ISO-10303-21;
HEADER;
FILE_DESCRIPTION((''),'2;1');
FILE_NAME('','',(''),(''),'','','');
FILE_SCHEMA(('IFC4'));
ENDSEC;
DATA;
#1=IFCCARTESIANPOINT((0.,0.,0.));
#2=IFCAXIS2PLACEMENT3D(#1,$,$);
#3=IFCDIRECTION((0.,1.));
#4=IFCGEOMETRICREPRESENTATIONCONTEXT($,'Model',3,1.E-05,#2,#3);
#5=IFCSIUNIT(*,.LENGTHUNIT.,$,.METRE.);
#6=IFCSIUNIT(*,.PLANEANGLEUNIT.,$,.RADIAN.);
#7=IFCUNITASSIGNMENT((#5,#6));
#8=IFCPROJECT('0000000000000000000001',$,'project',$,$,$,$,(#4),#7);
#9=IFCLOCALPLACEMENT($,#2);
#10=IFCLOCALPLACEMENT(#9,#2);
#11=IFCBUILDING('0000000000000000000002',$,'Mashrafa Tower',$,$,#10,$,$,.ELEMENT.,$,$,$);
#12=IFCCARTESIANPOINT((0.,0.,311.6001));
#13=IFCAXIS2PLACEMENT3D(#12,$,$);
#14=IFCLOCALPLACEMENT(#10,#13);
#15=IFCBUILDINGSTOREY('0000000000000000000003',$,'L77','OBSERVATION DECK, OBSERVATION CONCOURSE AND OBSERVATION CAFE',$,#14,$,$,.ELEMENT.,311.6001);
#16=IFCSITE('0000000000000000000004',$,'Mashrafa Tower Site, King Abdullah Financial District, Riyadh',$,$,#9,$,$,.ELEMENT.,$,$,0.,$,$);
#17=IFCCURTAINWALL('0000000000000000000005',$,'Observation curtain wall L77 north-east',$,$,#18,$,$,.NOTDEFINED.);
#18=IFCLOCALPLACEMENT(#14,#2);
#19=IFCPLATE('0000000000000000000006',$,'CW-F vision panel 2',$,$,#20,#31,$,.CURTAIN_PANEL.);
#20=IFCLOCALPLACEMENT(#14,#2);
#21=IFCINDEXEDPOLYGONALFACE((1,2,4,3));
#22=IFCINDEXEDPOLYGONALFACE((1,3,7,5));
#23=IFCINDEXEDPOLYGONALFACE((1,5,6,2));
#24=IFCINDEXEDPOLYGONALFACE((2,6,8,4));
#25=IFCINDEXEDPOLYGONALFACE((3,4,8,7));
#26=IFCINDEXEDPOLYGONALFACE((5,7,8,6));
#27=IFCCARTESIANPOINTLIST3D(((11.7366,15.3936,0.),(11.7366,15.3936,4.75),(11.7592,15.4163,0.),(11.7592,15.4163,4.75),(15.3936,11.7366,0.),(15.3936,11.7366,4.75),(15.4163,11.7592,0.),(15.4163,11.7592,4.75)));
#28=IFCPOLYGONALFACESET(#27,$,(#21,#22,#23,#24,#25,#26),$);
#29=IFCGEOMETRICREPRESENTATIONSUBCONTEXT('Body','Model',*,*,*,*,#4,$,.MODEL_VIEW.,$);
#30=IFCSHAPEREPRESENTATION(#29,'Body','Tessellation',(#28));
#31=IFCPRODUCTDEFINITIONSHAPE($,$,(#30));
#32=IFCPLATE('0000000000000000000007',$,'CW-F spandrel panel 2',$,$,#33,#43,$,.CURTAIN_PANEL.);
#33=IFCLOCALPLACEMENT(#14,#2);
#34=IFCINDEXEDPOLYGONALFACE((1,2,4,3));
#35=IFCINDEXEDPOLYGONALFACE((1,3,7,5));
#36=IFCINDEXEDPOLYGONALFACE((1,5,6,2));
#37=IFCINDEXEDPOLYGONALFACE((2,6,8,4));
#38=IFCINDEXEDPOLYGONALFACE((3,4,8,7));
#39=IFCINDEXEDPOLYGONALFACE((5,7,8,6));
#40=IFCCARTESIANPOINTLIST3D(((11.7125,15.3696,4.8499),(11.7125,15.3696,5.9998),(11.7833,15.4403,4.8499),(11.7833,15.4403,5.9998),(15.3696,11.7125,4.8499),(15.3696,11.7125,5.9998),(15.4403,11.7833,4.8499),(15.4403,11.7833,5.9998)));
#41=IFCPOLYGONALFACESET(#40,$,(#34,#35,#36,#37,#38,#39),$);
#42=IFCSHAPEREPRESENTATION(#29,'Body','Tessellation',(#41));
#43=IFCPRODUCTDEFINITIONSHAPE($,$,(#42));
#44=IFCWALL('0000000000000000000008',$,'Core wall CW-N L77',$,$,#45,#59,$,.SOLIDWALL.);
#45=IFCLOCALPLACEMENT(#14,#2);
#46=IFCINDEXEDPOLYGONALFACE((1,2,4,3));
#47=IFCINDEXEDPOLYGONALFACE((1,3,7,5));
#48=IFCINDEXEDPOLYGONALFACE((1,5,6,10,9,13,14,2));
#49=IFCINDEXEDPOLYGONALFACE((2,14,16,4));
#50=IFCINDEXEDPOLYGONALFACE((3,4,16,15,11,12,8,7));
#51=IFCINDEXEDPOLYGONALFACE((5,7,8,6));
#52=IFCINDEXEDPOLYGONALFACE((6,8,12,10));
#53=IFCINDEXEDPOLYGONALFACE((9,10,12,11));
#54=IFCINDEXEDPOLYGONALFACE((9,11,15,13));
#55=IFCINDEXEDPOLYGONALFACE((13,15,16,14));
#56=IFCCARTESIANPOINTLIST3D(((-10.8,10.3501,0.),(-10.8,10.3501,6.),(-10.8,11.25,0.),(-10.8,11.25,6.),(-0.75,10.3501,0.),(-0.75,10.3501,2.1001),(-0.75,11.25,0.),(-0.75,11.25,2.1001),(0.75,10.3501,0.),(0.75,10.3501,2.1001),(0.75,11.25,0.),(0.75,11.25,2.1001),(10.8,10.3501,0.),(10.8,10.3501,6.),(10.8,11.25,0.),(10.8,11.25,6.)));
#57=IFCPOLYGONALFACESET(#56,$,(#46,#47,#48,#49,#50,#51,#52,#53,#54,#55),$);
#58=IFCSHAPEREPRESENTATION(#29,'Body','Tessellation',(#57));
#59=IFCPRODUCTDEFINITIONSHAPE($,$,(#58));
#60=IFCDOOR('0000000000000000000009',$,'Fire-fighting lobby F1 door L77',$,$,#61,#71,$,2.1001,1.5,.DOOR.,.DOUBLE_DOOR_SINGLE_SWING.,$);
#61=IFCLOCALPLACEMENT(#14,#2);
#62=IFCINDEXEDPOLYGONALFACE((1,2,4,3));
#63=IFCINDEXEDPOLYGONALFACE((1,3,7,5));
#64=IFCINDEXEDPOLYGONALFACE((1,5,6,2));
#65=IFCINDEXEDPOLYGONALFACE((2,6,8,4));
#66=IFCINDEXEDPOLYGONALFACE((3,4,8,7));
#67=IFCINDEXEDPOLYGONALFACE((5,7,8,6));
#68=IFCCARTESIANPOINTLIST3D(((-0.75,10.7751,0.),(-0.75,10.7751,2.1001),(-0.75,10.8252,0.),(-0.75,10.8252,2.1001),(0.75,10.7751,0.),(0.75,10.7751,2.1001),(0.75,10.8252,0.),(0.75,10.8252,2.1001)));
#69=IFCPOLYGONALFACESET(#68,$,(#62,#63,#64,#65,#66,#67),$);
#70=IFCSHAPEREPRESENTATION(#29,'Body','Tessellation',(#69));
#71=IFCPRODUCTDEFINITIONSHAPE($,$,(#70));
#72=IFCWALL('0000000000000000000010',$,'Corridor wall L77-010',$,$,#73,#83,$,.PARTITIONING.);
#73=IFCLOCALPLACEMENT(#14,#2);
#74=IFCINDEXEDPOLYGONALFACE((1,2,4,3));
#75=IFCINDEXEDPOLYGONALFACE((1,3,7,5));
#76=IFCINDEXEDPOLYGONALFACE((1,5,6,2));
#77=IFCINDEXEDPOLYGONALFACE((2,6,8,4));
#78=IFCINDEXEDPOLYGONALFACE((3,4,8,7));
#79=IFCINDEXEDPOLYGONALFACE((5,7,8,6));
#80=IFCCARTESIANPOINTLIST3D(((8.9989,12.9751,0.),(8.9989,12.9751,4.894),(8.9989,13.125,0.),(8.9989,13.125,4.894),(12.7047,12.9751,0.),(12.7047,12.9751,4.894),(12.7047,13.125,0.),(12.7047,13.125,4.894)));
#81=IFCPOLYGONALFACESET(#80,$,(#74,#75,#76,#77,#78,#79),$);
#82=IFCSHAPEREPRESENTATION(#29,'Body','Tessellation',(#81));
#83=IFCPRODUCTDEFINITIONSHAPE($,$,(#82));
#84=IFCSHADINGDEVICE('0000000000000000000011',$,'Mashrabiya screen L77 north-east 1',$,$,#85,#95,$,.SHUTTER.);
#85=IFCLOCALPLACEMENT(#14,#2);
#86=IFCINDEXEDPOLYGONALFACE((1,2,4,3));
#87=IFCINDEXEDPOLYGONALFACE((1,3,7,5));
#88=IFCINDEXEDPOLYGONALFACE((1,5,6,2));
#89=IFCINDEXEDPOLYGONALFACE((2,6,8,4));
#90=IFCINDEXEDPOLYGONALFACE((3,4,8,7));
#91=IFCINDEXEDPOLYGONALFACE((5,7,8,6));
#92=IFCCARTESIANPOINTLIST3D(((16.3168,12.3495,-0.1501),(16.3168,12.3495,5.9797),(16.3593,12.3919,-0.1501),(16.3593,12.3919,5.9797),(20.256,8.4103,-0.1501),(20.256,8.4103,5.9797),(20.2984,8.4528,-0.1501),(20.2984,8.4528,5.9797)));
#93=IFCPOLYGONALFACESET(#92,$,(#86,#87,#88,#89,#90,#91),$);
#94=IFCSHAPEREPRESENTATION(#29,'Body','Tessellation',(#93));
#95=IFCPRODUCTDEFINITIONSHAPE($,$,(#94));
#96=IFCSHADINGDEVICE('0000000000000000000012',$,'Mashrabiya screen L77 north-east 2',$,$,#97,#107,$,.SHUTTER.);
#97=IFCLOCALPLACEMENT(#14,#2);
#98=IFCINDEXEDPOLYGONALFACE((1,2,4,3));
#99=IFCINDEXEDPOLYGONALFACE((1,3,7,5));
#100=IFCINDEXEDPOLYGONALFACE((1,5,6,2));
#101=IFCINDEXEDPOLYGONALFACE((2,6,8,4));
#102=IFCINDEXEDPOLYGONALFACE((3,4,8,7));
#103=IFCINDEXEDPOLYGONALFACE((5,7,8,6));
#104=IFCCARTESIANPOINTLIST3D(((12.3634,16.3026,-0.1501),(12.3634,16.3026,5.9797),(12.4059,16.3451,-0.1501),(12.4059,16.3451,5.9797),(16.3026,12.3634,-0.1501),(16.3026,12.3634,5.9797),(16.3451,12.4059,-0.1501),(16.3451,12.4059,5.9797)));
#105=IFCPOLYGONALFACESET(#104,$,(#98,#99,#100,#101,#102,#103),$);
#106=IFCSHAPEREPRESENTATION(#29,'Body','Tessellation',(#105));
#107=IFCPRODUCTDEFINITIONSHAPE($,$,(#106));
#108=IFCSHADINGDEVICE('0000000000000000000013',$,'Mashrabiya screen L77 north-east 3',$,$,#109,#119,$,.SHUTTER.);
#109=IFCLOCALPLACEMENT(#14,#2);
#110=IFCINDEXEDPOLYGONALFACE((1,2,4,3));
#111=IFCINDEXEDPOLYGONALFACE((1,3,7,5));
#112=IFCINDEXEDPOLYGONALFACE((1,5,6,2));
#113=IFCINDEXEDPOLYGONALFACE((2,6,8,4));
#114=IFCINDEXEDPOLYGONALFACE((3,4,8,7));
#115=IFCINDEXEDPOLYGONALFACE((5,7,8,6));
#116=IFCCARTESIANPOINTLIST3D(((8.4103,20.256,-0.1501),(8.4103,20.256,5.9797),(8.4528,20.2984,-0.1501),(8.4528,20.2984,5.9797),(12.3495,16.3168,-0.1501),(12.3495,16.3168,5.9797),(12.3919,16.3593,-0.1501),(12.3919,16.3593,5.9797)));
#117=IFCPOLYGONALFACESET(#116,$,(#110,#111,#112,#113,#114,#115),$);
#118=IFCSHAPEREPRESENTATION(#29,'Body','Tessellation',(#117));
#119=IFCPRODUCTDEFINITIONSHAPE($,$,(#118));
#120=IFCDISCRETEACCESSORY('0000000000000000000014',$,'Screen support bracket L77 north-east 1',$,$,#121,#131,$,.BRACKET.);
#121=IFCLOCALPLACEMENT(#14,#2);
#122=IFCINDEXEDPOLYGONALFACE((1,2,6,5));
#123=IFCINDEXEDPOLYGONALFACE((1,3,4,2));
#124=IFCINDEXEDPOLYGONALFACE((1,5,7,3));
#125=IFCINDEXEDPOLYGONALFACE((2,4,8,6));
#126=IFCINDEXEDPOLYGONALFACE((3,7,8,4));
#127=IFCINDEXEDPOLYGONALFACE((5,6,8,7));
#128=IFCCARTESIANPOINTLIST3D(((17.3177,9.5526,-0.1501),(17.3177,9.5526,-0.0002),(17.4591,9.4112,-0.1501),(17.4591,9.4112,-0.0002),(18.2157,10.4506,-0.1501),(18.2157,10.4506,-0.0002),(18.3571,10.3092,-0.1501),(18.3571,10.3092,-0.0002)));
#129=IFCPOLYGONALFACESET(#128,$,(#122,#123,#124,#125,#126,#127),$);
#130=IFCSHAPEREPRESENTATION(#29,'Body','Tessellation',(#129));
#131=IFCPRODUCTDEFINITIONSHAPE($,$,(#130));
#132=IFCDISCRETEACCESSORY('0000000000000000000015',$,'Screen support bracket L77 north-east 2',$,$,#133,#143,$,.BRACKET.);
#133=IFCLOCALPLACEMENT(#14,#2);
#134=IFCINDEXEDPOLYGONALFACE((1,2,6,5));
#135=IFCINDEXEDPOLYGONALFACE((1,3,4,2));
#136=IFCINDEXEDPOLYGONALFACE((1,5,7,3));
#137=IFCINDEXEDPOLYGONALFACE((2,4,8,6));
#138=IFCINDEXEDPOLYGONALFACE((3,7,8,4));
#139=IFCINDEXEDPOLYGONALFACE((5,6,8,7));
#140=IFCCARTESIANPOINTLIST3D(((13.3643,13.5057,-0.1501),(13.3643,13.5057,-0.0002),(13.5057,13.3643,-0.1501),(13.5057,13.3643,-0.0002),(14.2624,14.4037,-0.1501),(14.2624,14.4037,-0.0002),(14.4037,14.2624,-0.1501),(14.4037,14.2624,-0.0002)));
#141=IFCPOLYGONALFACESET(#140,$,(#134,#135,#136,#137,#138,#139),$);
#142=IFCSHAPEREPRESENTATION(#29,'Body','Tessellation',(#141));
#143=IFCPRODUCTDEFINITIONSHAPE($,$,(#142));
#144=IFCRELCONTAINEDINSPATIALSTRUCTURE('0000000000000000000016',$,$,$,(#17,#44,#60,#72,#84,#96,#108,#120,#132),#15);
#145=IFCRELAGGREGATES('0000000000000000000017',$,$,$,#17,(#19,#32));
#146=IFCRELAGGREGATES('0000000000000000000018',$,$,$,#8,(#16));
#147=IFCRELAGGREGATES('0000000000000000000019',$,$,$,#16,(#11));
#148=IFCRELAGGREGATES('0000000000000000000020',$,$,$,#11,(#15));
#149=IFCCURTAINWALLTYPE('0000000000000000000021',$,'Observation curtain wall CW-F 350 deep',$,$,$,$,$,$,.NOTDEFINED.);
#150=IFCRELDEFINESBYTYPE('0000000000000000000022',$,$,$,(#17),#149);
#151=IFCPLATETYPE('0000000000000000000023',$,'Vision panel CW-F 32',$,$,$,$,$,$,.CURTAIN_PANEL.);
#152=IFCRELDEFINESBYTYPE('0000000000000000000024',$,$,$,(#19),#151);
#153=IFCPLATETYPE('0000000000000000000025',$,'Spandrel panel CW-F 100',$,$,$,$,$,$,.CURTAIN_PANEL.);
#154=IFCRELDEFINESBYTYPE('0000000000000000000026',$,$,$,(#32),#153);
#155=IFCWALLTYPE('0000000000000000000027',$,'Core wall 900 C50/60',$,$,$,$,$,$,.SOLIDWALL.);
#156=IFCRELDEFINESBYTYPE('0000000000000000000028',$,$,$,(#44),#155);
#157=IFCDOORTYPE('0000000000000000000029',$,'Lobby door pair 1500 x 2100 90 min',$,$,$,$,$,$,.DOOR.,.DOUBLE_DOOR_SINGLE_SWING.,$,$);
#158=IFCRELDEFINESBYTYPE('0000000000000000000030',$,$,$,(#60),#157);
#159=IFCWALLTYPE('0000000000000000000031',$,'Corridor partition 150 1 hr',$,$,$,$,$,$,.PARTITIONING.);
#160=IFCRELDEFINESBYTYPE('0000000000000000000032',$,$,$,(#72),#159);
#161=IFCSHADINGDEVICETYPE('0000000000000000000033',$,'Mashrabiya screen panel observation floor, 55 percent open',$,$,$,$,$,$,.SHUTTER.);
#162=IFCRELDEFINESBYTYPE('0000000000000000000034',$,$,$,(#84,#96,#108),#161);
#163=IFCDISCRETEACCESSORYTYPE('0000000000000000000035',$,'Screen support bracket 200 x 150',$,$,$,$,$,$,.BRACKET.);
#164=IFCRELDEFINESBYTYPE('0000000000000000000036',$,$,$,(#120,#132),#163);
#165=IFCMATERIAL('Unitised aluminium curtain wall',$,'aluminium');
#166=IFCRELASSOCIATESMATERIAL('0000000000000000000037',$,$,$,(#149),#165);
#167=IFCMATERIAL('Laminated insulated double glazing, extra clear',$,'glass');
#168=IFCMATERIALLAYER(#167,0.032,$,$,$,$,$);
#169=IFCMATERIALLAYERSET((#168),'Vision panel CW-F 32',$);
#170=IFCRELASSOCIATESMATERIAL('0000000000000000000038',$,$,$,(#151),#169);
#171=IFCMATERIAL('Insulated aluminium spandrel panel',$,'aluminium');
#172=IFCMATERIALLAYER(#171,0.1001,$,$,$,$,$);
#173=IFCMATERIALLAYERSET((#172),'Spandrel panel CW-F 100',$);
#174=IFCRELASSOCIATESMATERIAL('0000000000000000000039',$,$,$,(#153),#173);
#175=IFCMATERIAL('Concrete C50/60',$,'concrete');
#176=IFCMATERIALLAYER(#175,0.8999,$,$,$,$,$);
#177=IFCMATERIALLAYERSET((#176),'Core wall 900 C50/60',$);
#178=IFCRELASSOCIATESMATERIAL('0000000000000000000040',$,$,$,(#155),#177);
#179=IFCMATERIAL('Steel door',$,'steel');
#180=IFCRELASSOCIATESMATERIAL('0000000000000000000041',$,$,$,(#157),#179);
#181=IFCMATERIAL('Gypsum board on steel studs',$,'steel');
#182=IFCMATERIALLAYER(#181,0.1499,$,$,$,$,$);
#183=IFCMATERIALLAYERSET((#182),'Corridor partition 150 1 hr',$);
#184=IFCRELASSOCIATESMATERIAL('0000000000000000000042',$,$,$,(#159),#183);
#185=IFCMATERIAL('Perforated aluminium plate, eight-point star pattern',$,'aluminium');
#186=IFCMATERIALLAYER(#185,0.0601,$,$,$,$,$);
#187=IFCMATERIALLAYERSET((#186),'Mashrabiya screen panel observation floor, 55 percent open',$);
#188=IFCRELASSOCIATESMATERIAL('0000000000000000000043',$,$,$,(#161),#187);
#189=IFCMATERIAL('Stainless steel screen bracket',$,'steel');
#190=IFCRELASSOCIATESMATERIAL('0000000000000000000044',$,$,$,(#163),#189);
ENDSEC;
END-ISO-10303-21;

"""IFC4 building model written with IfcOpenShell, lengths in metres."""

from ifc_helpers import new_model, si_unit, direction, frame, frame_2d, origin, origin_2d, place, context, subcontext, project, spatial, rectangle, extrude, source, transform, mapped, material, layer, layer_set, type_object, type_shapes, element, fill, aggregate, save


model = new_model("IFC4")

# Units and contexts
model_context = context("Model", 3, precision=1e-05, world=origin(), true_north=direction((0.0, 1.0)))
body_context = subcontext(model_context, "Body", "Model", "MODEL_VIEW")
ifc_project = project(units=[si_unit("LENGTHUNIT", "METRE"), si_unit("PLANEANGLEUNIT", "RADIAN")], contexts=[model_context])

# Site, building, storey
site_placement = place(None, origin())
site = spatial("IfcSite", under=ifc_project, at=site_placement, Name="Mashrafa Tower Site, King Abdullah Financial District, Riyadh", CompositionType="ELEMENT", RefElevation=0.0)
building_placement = place(site_placement, origin())
building = spatial("IfcBuilding", under=site, at=building_placement, Name="Mashrafa Tower", CompositionType="ELEMENT")
storey_placement = place(building_placement, frame((0.0, 0.0, 311.6001)))
storey = spatial("IfcBuildingStorey", under=building, at=storey_placement, Name="L77", Description="OBSERVATION DECK, OBSERVATION CONCOURSE AND OBSERVATION CAFE", CompositionType="ELEMENT", Elevation=311.6001)

# Curtain wall, plates
ifc_material_1 = material(Name="Unitised aluminium curtain wall", Category="aluminium")
curtain_wall_type = type_object("IfcCurtainWallType", Name="Observation curtain wall CW-F 350 deep", PredefinedType="NOTDEFINED", material=ifc_material_1)
curtain_wall_placement = place(storey_placement, origin())
curtain_wall = element("IfcCurtainWall", 1, at=curtain_wall_placement, inside=storey, type_object=curtain_wall_type, Name="Observation curtain wall L77 north-east", PredefinedType="NOTDEFINED")
ifc_material_2 = material(Name="Laminated insulated double glazing, extra clear", Category="glass")
ifc_layer_1 = layer(ifc_material_2, 0.032)
ifc_layer_set_1 = layer_set([ifc_layer_1], Name="Vision panel CW-F 32")
plate_type_1 = type_object("IfcPlateType", Name="Vision panel CW-F 32", PredefinedType="CURTAIN_PANEL", material=ifc_layer_set_1)
ifc_material_3 = material(Name="Insulated aluminium spandrel panel", Category="aluminium")
ifc_layer_2 = layer(ifc_material_3, 0.1001)
ifc_layer_set_2 = layer_set([ifc_layer_2], Name="Spandrel panel CW-F 100")
plate_type_2 = type_object("IfcPlateType", Name="Spandrel panel CW-F 100", PredefinedType="CURTAIN_PANEL", material=ifc_layer_set_2)
shared_shape_1 = source(origin(), body_context, "Body", "SweptSolid", [
    extrude(rectangle(XDim=5.1719, YDim=0.032, at=origin_2d()), origin(), (0.0, 0.0, 1.0), 4.75),
])
plate_1_placement = place(storey_placement, frame((13.5764, 13.5764, 0.0), z_axis=(0.0, 0.0, 1.0), x_axis=(-0.707107, 0.707107, 0.0)))
plate_1 = element("IfcPlate", 2, at=plate_1_placement, type_object=plate_type_1, Name="CW-F vision panel 2", PredefinedType="CURTAIN_PANEL", context=body_context, shape_type="MappedRepresentation", body=[
    mapped(shared_shape_1, transform((0.0, 0.0, 0.0))),
])
shared_shape_2 = source(origin(), body_context, "Body", "SweptSolid", [
    extrude(rectangle(XDim=5.1719, YDim=0.1001, at=origin_2d()), origin(), (0.0, 0.0, 1.0), 1.1499),
])
plate_2_placement = place(storey_placement, frame((13.5764, 13.5764, 4.8499), z_axis=(0.0, 0.0, 1.0), x_axis=(-0.707107, 0.707107, 0.0)))
plate_2 = element("IfcPlate", 3, at=plate_2_placement, type_object=plate_type_2, Name="CW-F spandrel panel 2", PredefinedType="CURTAIN_PANEL", context=body_context, shape_type="MappedRepresentation", body=[
    mapped(shared_shape_2, transform((0.0, 0.0, 0.0))),
])
aggregate(curtain_wall, [plate_1, plate_2])

# Wall, opening, door
ifc_material_4 = material(Name="Concrete C50/60", Category="concrete")
ifc_layer_3 = layer(ifc_material_4, 0.8999)
ifc_layer_set_3 = layer_set([ifc_layer_3], Name="Core wall 900 C50/60")
wall_type_1 = type_object("IfcWallType", Name="Core wall 900 C50/60", PredefinedType="SOLIDWALL", material=ifc_layer_set_3)
wall_1_placement = place(storey_placement, frame((10.8, 10.8, 0.0), z_axis=(0.0, 0.0, 1.0), x_axis=(-1.0, 0.0, 0.0)))
wall_1 = element("IfcWall", 4, at=wall_1_placement, inside=storey, type_object=wall_type_1, Name="Core wall CW-N L77", PredefinedType="SOLIDWALL", context=body_context, shape_type="SweptSolid", body=[
    extrude(rectangle(XDim=21.6001, YDim=0.8999, at=frame_2d((10.8, 0.0))), origin(), (0.0, 0.0, 1.0), 6.0),
])
opening_placement = place(wall_1_placement, frame((10.05, 0.0, 0.0)))
opening = element("IfcOpeningElement", 5, at=opening_placement, cuts=wall_1, PredefinedType="OPENING", context=body_context, shape_type="SweptSolid", body=[
    extrude(rectangle(XDim=1.5, YDim=2.1001, at=frame_2d((0.75, 1.05))), frame((0.0, 0.46, 0.0), z_axis=(0.0, -1.0, 0.0), x_axis=(1.0, 0.0, 0.0)), (0.0, 0.0, 1.0), 0.9199),
])
ifc_material_5 = material(Name="Steel door", Category="steel")
door_type = type_object("IfcDoorType", Name="Lobby door pair 1500 x 2100 90 min", OperationType="DOUBLE_DOOR_SINGLE_SWING", PredefinedType="DOOR", material=ifc_material_5)
door_placement = place(opening_placement, origin())
door = element("IfcDoor", 6, at=door_placement, inside=storey, type_object=door_type, Name="Fire-fighting lobby F1 door L77", OperationType="DOUBLE_DOOR_SINGLE_SWING", OverallHeight=2.1001, OverallWidth=1.5, PredefinedType="DOOR", context=body_context, shape_type="SweptSolid", body=[
    extrude(rectangle(XDim=1.5, YDim=2.1001, at=frame_2d((0.75, 1.05))), frame((0.0, 0.0249, 0.0), z_axis=(0.0, -1.0, 0.0), x_axis=(1.0, 0.0, 0.0)), (0.0, 0.0, 1.0), 0.05),
])
fill(opening, door)

# Wall
ifc_material_6 = material(Name="Gypsum board on steel studs", Category="steel")
ifc_layer_4 = layer(ifc_material_6, 0.1499)
ifc_layer_set_4 = layer_set([ifc_layer_4], Name="Corridor partition 150 1 hr")
wall_type_2 = type_object("IfcWallType", Name="Corridor partition 150 1 hr", PredefinedType="PARTITIONING", material=ifc_layer_set_4)
wall_2_placement = place(storey_placement, frame((12.7048, 13.05, 0.0), z_axis=(0.0, 0.0, 1.0), x_axis=(-1.0, 0.0, 0.0)))
element("IfcWall", 7, at=wall_2_placement, inside=storey, type_object=wall_type_2, Name="Corridor wall L77-010", PredefinedType="PARTITIONING", context=body_context, shape_type="SweptSolid", body=[
    extrude(rectangle(XDim=3.7058, YDim=0.1499, at=frame_2d((1.853, 0.0))), origin(), (0.0, 0.0, 1.0), 4.894),
])

# Shading devices
ifc_material_7 = material(Name="Perforated aluminium plate, eight-point star pattern", Category="aluminium")
ifc_layer_5 = layer(ifc_material_7, 0.0601)
ifc_layer_set_5 = layer_set([ifc_layer_5], Name="Mashrabiya screen panel observation floor, 55 percent open")
shading_device_type = type_object("IfcShadingDeviceType", Name="Mashrabiya screen panel observation floor, 55 percent open", PredefinedType="SHUTTER", material=ifc_layer_set_5)
shared_shape_3 = source(origin(), body_context, "Body", "SweptSolid", [
    extrude(rectangle(XDim=5.5708, YDim=0.0601, at=origin_2d()), origin(), (0.0, 0.0, 1.0), 6.1299),
])
type_shapes(shading_device_type, [shared_shape_3])
for number, where, z_axis, x_axis, name in (
    (8, (18.3076, 10.4011, -0.1501), (0.0, 0.0, 1.0), (-0.707107, 0.707107, 0.0), "Mashrabiya screen L77 north-east 1"),
    (9, (14.3542, 14.3542, -0.1501), (0.0, 0.0, 1.0), (-0.707107, 0.707107, 0.0), "Mashrabiya screen L77 north-east 2"),
    (10, (10.4011, 18.3076, -0.1501), (0.0, 0.0, 1.0), (-0.707107, 0.707107, 0.0), "Mashrabiya screen L77 north-east 3"),
):
    element("IfcShadingDevice", number, at=place(storey_placement, frame(where, z_axis=z_axis, x_axis=x_axis)), inside=storey, type_object=shading_device_type, Name=name, PredefinedType="SHUTTER", context=body_context, shape_type="MappedRepresentation", body=[
        mapped(shared_shape_3, transform((0.0, 0.0, 0.0))),
    ])

# Discrete accessories
ifc_material_8 = material(Name="Stainless steel screen bracket", Category="steel")
discrete_accessory_type = type_object("IfcDiscreteAccessoryType", Name="Screen support bracket 200 x 150", PredefinedType="BRACKET", material=ifc_material_8)
shared_shape_4 = source(origin(), body_context, "Body", "SweptSolid", [
    extrude(rectangle(XDim=0.2, YDim=1.27, at=origin_2d()), origin(), (0.0, 0.0, 1.0), 0.1499),
])
type_shapes(discrete_accessory_type, [shared_shape_4])
for number, where, z_axis, x_axis, name in (
    (11, (17.8374, 9.9309, -0.1501), (0.0, 0.0, 1.0), (-0.707107, 0.707107, 0.0), "Screen support bracket L77 north-east 1"),
    (12, (13.884, 13.884, -0.1501), (0.0, 0.0, 1.0), (-0.707107, 0.707107, 0.0), "Screen support bracket L77 north-east 2"),
):
    element("IfcDiscreteAccessory", number, at=place(storey_placement, frame(where, z_axis=z_axis, x_axis=x_axis)), inside=storey, type_object=discrete_accessory_type, Name=name, PredefinedType="BRACKET", context=body_context, shape_type="MappedRepresentation", body=[
        mapped(shared_shape_4, transform((0.0, 0.0, 0.0))),
    ])

save(model, "model.ifc")
